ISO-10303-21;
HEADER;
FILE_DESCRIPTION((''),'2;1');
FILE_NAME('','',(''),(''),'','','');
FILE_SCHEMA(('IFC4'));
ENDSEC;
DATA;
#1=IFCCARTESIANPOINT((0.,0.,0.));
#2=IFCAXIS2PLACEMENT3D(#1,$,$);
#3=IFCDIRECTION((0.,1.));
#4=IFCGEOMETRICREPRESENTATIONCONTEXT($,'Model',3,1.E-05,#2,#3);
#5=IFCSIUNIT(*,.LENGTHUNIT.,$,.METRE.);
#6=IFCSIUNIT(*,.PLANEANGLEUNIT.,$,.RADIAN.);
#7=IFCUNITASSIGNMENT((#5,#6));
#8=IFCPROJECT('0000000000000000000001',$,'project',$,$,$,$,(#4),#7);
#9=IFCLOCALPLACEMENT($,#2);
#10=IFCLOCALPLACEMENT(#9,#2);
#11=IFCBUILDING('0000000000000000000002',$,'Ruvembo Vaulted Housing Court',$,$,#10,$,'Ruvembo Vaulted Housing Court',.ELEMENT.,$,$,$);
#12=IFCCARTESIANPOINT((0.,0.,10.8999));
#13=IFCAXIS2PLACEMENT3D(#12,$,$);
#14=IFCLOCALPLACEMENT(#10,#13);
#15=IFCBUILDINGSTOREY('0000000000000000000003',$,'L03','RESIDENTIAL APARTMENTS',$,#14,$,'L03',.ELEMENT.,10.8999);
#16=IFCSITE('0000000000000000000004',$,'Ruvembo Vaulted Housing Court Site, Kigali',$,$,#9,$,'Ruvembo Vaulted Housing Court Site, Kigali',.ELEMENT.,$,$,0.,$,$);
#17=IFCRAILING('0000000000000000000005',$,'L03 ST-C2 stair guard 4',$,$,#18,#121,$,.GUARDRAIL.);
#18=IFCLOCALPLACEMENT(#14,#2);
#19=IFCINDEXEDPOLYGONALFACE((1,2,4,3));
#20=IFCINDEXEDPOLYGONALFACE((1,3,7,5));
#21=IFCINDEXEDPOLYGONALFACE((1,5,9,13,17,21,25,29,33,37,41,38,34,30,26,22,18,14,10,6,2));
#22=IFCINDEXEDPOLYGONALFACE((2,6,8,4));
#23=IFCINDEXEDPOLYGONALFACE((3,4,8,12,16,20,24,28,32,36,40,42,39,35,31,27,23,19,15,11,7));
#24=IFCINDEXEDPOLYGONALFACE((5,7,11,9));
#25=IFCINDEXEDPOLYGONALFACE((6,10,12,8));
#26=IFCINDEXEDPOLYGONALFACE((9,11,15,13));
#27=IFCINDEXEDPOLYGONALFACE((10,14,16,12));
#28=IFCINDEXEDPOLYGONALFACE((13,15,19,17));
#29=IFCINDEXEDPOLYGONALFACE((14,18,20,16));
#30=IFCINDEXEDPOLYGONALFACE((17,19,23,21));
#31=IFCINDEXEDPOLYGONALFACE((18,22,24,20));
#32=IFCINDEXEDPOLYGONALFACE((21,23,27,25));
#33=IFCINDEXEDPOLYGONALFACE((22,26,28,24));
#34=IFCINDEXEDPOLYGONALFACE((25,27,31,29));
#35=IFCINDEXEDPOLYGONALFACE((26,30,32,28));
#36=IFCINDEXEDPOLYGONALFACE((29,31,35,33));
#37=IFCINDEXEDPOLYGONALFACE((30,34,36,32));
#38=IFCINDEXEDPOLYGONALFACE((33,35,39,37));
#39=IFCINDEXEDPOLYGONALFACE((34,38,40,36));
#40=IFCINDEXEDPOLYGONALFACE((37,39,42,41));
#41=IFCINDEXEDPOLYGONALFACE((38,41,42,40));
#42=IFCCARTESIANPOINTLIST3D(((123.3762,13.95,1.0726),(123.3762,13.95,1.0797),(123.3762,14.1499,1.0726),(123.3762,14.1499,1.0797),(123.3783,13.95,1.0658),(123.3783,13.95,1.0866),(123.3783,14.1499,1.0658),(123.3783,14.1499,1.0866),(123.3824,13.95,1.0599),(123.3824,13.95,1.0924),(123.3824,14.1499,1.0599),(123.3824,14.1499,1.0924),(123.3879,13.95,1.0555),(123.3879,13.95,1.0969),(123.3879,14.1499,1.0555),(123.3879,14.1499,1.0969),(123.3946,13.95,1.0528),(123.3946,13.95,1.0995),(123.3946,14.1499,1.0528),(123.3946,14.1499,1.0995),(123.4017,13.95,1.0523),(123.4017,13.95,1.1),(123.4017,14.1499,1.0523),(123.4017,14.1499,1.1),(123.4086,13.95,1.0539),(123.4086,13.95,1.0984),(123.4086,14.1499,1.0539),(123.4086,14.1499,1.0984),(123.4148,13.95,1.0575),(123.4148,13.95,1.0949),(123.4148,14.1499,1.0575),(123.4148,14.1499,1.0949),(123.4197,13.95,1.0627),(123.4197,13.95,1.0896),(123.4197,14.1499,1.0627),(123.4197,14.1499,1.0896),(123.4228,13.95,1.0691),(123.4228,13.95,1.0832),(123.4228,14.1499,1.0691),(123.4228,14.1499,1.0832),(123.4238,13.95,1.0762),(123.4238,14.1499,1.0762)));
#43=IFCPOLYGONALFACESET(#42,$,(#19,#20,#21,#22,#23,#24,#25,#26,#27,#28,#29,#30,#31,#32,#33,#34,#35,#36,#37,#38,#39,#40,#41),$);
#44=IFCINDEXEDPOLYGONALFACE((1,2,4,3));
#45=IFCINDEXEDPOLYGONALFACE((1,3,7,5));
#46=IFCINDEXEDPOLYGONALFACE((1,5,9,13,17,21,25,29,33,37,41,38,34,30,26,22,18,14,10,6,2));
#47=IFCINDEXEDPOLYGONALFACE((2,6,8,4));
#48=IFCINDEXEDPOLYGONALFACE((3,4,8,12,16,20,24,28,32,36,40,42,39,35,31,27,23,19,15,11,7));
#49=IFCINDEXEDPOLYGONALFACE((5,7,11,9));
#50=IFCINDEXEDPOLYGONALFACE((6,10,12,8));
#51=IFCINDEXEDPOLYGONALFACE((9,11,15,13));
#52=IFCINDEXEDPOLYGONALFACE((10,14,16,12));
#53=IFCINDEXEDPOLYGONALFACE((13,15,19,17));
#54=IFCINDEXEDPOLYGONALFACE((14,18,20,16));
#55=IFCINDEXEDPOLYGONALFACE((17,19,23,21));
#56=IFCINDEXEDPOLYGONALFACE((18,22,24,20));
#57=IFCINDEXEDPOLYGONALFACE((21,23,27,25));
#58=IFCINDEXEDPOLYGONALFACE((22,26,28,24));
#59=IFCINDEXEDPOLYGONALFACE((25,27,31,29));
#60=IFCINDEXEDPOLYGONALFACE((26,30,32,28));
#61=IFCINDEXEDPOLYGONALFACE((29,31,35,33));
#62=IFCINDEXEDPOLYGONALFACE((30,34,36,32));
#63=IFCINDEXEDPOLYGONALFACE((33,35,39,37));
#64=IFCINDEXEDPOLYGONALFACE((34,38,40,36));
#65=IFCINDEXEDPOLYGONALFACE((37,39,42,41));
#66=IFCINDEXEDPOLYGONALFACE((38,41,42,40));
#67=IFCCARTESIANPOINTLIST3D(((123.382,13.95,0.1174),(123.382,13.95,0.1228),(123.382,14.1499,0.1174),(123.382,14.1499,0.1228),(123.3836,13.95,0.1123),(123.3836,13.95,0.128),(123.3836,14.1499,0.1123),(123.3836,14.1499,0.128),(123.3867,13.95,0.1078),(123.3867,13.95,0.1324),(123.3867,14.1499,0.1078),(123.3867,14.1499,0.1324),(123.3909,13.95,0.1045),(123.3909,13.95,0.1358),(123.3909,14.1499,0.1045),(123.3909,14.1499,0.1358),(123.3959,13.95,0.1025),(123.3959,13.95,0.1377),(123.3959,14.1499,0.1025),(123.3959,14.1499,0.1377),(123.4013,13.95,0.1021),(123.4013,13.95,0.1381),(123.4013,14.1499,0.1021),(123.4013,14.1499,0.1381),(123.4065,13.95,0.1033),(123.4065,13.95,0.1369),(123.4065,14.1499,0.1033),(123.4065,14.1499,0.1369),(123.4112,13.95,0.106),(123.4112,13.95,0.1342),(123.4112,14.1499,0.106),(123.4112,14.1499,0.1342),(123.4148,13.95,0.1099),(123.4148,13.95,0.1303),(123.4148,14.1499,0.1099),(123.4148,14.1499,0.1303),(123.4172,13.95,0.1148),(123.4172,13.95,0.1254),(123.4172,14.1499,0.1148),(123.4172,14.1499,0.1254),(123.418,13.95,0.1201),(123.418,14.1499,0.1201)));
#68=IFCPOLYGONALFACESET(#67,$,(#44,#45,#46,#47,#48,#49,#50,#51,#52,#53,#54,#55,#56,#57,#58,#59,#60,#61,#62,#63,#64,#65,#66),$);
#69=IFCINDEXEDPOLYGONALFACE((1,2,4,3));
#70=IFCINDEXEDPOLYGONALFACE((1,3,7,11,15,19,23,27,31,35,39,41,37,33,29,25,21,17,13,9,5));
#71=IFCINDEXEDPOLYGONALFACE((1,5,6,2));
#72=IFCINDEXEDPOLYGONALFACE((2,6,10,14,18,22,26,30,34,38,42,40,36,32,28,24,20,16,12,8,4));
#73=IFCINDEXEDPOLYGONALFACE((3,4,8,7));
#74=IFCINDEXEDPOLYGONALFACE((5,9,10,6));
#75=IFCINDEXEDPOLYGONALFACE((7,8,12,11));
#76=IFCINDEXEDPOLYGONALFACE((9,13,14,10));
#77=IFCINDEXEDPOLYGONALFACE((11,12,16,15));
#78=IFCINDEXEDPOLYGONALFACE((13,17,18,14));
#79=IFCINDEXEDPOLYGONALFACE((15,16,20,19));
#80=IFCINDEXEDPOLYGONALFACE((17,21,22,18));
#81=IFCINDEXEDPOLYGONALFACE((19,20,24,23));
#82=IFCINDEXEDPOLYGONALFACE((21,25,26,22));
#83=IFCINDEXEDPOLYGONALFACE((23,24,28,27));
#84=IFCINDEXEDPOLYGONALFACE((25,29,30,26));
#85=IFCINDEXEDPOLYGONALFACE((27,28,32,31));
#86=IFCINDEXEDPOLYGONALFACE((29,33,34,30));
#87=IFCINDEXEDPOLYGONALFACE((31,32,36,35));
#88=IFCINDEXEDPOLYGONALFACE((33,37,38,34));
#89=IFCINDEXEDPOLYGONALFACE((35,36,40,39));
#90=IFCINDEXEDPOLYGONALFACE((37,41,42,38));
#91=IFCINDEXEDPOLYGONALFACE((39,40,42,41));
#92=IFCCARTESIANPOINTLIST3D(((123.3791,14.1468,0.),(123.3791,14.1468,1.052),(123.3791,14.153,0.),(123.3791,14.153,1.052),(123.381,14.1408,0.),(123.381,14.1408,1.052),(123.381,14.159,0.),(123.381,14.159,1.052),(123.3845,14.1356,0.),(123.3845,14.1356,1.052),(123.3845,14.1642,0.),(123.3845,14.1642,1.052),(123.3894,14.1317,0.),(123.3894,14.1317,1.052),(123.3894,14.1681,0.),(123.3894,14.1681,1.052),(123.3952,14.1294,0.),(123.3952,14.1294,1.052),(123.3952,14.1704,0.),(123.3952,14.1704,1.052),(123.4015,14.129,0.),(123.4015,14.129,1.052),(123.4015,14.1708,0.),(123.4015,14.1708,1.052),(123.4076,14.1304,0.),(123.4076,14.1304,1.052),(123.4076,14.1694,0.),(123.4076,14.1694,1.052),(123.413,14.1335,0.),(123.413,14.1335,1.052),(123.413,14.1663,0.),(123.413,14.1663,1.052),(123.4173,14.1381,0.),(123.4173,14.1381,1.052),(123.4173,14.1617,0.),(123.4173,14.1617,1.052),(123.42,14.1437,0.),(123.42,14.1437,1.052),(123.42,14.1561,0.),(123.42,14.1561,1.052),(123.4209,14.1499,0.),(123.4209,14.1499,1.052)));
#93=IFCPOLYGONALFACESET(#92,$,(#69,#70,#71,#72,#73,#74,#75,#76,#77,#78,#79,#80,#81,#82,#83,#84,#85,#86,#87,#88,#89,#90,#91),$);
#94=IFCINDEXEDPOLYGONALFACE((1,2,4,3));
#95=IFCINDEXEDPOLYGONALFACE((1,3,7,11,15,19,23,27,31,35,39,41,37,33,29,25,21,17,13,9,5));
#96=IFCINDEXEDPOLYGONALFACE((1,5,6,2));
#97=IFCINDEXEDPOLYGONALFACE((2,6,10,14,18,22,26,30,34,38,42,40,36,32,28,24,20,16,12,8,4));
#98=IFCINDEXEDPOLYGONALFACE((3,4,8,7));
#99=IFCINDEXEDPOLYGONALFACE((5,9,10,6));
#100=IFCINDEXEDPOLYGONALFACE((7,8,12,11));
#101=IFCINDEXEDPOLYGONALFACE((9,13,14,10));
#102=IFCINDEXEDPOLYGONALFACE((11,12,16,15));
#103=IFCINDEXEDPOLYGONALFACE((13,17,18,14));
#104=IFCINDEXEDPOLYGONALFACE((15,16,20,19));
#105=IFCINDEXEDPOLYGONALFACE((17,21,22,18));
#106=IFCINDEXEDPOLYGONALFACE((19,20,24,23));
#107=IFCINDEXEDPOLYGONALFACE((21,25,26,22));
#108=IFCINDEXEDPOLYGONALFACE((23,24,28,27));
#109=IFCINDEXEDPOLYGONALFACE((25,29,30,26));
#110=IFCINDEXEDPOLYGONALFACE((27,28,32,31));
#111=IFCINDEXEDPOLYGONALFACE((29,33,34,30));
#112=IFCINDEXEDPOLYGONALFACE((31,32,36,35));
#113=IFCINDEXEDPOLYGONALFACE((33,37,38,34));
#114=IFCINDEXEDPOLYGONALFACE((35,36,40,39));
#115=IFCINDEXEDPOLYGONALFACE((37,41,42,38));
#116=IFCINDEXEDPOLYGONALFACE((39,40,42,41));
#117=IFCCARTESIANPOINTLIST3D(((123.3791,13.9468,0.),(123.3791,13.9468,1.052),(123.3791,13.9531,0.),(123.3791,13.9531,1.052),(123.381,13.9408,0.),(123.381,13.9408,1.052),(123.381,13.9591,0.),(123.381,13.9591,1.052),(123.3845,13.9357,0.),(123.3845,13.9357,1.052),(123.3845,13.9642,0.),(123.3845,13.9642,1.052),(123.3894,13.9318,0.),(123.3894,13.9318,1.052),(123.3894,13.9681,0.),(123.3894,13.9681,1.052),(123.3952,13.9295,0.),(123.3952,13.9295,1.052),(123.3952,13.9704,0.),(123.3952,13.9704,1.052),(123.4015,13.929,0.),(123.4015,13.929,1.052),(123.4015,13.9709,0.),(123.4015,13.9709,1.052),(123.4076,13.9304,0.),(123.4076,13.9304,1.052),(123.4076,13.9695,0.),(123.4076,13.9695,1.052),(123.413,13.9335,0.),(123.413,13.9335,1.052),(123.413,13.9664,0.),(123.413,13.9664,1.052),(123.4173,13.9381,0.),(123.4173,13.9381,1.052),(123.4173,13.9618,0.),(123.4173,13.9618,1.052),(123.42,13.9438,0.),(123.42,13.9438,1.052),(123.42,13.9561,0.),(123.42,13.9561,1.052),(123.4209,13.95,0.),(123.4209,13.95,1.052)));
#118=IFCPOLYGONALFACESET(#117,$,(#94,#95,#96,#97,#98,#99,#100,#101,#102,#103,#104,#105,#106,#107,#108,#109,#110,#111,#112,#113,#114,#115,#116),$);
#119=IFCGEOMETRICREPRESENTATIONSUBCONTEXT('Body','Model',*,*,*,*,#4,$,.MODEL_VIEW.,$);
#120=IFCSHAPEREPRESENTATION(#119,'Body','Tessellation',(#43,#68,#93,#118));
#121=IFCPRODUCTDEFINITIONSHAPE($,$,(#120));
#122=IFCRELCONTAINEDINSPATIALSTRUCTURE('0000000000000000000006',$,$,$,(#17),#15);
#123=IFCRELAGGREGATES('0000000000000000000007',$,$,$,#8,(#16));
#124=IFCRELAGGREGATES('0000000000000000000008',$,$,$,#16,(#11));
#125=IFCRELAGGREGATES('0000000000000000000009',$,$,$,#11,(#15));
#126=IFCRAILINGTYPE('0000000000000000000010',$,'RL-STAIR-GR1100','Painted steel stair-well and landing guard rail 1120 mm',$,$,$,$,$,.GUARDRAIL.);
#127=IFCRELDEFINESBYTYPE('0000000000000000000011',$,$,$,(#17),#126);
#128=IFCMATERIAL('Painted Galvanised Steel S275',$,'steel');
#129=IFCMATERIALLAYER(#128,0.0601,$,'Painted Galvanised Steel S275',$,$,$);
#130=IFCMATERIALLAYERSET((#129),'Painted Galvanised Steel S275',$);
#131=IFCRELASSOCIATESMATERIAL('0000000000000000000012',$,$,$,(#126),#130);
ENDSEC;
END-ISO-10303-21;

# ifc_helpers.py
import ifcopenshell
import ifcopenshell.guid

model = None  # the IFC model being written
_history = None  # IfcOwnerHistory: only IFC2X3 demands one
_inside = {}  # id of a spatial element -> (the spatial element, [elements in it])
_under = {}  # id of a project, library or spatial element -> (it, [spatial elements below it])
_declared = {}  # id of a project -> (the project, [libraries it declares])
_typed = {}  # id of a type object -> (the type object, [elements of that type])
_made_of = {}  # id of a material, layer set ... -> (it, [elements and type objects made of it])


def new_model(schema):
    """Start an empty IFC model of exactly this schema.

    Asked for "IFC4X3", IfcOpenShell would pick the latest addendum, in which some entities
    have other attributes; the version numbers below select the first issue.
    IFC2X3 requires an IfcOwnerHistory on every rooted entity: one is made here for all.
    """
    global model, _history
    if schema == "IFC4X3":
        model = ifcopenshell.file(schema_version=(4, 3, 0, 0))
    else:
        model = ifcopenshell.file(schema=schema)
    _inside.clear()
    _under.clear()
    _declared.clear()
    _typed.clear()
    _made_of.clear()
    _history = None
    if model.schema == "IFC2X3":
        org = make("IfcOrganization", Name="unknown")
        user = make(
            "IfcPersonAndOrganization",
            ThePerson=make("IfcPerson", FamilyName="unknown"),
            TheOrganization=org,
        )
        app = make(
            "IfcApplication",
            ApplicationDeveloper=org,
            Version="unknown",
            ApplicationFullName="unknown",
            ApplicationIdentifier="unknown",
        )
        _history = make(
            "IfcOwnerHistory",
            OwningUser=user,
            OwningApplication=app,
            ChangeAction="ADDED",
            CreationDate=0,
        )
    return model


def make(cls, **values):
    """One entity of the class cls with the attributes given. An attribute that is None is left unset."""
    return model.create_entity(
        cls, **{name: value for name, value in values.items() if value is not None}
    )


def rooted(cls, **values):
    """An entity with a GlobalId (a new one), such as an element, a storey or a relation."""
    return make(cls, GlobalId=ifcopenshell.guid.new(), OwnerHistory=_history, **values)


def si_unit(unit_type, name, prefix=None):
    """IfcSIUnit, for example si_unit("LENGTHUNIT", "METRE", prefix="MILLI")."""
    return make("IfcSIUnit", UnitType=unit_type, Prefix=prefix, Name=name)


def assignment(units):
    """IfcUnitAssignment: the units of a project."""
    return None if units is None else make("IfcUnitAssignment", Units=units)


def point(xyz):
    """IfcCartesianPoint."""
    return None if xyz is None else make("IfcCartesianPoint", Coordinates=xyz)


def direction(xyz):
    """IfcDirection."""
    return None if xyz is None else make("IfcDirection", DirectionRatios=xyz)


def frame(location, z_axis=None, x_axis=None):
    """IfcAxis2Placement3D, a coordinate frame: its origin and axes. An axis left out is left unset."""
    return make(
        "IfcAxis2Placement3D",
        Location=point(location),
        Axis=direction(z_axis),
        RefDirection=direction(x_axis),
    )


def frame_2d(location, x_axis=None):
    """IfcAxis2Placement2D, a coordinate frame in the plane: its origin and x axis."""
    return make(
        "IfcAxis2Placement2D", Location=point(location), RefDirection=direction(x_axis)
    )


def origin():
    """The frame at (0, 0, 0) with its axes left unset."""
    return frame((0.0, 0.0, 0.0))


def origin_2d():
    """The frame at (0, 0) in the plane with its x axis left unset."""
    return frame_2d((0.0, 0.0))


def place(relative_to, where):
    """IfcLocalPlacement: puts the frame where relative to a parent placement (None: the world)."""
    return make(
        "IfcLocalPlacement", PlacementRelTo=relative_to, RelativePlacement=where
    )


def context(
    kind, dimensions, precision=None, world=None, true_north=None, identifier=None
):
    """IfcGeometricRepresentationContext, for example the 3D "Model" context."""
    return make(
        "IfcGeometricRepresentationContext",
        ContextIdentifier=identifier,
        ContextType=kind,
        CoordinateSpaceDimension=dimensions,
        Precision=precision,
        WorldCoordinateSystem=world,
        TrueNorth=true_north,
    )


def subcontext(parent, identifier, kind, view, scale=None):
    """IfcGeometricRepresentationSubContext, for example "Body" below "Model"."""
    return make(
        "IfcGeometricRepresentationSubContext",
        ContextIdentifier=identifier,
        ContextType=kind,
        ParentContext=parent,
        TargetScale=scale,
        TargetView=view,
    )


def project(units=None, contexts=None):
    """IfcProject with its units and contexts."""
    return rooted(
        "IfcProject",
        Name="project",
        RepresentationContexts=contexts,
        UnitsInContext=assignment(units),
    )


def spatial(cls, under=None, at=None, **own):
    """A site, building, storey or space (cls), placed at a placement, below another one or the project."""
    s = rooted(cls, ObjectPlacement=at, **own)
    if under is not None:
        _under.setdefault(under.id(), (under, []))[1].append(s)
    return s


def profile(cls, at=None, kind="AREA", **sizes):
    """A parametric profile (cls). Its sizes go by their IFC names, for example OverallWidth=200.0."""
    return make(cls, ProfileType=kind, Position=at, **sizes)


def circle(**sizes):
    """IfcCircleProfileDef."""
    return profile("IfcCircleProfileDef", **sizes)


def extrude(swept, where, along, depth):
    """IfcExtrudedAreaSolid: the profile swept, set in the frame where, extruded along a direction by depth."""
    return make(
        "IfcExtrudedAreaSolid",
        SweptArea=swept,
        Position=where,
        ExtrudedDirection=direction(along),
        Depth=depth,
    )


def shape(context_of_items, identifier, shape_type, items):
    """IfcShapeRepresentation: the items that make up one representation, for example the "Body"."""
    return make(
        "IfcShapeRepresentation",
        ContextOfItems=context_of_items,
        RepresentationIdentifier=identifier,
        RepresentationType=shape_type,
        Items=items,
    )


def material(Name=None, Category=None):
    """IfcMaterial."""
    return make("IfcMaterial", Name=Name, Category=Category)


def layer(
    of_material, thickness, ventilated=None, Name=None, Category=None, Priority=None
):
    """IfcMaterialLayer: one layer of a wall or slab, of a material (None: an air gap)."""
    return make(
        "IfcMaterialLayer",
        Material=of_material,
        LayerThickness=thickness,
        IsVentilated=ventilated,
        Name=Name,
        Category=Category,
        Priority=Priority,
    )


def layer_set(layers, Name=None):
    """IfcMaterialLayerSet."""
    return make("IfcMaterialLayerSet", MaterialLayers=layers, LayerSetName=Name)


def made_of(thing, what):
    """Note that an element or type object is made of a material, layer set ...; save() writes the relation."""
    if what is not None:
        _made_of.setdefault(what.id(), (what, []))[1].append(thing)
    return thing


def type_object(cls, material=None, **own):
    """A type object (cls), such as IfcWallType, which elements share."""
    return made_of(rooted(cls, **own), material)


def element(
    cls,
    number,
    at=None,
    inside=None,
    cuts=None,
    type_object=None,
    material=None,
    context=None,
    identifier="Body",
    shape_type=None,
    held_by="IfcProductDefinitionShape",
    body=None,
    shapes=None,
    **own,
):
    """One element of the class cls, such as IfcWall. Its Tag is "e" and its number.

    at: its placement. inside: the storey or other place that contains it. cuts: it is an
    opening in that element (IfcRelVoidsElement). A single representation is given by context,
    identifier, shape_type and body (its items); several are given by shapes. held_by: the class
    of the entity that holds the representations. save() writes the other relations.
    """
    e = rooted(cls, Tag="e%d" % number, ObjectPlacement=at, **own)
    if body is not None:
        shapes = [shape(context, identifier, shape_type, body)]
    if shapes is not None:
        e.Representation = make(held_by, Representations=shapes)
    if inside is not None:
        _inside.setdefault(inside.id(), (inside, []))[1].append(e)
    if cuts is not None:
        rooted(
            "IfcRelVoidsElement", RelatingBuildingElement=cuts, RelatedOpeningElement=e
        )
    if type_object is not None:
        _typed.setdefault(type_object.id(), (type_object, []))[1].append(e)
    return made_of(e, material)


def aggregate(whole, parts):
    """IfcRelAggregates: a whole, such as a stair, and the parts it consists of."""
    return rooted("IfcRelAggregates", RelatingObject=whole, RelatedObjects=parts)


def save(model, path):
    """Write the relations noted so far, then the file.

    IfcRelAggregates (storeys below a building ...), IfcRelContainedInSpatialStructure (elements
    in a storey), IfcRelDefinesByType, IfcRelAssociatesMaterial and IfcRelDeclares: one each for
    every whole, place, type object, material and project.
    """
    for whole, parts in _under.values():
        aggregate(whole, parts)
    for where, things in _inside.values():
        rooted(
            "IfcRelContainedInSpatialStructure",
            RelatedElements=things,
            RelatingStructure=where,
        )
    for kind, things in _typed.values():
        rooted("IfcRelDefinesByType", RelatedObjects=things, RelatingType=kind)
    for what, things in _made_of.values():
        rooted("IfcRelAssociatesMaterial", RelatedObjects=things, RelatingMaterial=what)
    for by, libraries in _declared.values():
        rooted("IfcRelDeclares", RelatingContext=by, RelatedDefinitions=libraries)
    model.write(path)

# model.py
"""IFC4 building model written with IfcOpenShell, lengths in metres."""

from ifc_helpers import new_model, si_unit, direction, frame, origin, origin_2d, place, context, subcontext, project, spatial, circle, extrude, material, layer, layer_set, type_object, element, save


model = new_model("IFC4")

# Units and contexts
model_context = context("Model", 3, precision=1e-05, world=origin(), true_north=direction((0.0, 1.0)))
body_context = subcontext(model_context, "Body", "Model", "MODEL_VIEW")
ifc_project = project(units=[si_unit("LENGTHUNIT", "METRE"), si_unit("PLANEANGLEUNIT", "RADIAN")], contexts=[model_context])

# Site, building, storey
site_placement = place(None, origin())
site = spatial("IfcSite", under=ifc_project, at=site_placement, Name="Ruvembo Vaulted Housing Court Site, Kigali", LongName="Ruvembo Vaulted Housing Court Site, Kigali", CompositionType="ELEMENT", RefElevation=0.0)
building_placement = place(site_placement, origin())
building = spatial("IfcBuilding", under=site, at=building_placement, Name="Ruvembo Vaulted Housing Court", LongName="Ruvembo Vaulted Housing Court", CompositionType="ELEMENT")
storey_placement = place(building_placement, frame((0.0, 0.0, 10.8999)))
storey = spatial("IfcBuildingStorey", under=building, at=storey_placement, Name="L03", Description="RESIDENTIAL APARTMENTS", LongName="L03", CompositionType="ELEMENT", Elevation=10.8999)

# Railing
ifc_material_1 = material(Name="Painted Galvanised Steel S275", Category="steel")
ifc_layer_1 = layer(ifc_material_1, 0.0601, Name="Painted Galvanised Steel S275")
ifc_layer_set_1 = layer_set([ifc_layer_1], Name="Painted Galvanised Steel S275")
railing_type_1 = type_object("IfcRailingType", Name="RL-STAIR-GR1100", Description="Painted steel stair-well and landing guard rail 1120 mm", PredefinedType="GUARDRAIL", material=ifc_layer_set_1)
railing_1_placement = place(storey_placement, frame((123.3999, 14.1499, 0.0)))
element("IfcRailing", 1, at=railing_1_placement, inside=storey, type_object=railing_type_1, Name="L03 ST-C2 stair guard 4", PredefinedType="GUARDRAIL", context=body_context, shape_type="SweptSolid", body=[
    extrude(circle(Radius=0.0239, at=origin_2d()), frame((0.0, 0.0, 1.0762), z_axis=(0.0, -1.0, 0.0), x_axis=(1.0, 0.0, 0.0)), (0.0, 0.0, 1.0), 0.2),
    extrude(circle(Radius=0.0181, at=origin_2d()), frame((0.0, 0.0, 0.1201), z_axis=(0.0, -1.0, 0.0), x_axis=(1.0, 0.0, 0.0)), (0.0, 0.0, 1.0), 0.2),
    extrude(circle(Radius=0.021, at=origin_2d()), origin(), (0.0, 0.0, 1.0), 1.052),
    extrude(circle(Radius=0.021, at=origin_2d()), frame((0.0, -0.2, 0.0)), (0.0, 0.0, 1.0), 1.052),
])

save(model, "model.ifc")
